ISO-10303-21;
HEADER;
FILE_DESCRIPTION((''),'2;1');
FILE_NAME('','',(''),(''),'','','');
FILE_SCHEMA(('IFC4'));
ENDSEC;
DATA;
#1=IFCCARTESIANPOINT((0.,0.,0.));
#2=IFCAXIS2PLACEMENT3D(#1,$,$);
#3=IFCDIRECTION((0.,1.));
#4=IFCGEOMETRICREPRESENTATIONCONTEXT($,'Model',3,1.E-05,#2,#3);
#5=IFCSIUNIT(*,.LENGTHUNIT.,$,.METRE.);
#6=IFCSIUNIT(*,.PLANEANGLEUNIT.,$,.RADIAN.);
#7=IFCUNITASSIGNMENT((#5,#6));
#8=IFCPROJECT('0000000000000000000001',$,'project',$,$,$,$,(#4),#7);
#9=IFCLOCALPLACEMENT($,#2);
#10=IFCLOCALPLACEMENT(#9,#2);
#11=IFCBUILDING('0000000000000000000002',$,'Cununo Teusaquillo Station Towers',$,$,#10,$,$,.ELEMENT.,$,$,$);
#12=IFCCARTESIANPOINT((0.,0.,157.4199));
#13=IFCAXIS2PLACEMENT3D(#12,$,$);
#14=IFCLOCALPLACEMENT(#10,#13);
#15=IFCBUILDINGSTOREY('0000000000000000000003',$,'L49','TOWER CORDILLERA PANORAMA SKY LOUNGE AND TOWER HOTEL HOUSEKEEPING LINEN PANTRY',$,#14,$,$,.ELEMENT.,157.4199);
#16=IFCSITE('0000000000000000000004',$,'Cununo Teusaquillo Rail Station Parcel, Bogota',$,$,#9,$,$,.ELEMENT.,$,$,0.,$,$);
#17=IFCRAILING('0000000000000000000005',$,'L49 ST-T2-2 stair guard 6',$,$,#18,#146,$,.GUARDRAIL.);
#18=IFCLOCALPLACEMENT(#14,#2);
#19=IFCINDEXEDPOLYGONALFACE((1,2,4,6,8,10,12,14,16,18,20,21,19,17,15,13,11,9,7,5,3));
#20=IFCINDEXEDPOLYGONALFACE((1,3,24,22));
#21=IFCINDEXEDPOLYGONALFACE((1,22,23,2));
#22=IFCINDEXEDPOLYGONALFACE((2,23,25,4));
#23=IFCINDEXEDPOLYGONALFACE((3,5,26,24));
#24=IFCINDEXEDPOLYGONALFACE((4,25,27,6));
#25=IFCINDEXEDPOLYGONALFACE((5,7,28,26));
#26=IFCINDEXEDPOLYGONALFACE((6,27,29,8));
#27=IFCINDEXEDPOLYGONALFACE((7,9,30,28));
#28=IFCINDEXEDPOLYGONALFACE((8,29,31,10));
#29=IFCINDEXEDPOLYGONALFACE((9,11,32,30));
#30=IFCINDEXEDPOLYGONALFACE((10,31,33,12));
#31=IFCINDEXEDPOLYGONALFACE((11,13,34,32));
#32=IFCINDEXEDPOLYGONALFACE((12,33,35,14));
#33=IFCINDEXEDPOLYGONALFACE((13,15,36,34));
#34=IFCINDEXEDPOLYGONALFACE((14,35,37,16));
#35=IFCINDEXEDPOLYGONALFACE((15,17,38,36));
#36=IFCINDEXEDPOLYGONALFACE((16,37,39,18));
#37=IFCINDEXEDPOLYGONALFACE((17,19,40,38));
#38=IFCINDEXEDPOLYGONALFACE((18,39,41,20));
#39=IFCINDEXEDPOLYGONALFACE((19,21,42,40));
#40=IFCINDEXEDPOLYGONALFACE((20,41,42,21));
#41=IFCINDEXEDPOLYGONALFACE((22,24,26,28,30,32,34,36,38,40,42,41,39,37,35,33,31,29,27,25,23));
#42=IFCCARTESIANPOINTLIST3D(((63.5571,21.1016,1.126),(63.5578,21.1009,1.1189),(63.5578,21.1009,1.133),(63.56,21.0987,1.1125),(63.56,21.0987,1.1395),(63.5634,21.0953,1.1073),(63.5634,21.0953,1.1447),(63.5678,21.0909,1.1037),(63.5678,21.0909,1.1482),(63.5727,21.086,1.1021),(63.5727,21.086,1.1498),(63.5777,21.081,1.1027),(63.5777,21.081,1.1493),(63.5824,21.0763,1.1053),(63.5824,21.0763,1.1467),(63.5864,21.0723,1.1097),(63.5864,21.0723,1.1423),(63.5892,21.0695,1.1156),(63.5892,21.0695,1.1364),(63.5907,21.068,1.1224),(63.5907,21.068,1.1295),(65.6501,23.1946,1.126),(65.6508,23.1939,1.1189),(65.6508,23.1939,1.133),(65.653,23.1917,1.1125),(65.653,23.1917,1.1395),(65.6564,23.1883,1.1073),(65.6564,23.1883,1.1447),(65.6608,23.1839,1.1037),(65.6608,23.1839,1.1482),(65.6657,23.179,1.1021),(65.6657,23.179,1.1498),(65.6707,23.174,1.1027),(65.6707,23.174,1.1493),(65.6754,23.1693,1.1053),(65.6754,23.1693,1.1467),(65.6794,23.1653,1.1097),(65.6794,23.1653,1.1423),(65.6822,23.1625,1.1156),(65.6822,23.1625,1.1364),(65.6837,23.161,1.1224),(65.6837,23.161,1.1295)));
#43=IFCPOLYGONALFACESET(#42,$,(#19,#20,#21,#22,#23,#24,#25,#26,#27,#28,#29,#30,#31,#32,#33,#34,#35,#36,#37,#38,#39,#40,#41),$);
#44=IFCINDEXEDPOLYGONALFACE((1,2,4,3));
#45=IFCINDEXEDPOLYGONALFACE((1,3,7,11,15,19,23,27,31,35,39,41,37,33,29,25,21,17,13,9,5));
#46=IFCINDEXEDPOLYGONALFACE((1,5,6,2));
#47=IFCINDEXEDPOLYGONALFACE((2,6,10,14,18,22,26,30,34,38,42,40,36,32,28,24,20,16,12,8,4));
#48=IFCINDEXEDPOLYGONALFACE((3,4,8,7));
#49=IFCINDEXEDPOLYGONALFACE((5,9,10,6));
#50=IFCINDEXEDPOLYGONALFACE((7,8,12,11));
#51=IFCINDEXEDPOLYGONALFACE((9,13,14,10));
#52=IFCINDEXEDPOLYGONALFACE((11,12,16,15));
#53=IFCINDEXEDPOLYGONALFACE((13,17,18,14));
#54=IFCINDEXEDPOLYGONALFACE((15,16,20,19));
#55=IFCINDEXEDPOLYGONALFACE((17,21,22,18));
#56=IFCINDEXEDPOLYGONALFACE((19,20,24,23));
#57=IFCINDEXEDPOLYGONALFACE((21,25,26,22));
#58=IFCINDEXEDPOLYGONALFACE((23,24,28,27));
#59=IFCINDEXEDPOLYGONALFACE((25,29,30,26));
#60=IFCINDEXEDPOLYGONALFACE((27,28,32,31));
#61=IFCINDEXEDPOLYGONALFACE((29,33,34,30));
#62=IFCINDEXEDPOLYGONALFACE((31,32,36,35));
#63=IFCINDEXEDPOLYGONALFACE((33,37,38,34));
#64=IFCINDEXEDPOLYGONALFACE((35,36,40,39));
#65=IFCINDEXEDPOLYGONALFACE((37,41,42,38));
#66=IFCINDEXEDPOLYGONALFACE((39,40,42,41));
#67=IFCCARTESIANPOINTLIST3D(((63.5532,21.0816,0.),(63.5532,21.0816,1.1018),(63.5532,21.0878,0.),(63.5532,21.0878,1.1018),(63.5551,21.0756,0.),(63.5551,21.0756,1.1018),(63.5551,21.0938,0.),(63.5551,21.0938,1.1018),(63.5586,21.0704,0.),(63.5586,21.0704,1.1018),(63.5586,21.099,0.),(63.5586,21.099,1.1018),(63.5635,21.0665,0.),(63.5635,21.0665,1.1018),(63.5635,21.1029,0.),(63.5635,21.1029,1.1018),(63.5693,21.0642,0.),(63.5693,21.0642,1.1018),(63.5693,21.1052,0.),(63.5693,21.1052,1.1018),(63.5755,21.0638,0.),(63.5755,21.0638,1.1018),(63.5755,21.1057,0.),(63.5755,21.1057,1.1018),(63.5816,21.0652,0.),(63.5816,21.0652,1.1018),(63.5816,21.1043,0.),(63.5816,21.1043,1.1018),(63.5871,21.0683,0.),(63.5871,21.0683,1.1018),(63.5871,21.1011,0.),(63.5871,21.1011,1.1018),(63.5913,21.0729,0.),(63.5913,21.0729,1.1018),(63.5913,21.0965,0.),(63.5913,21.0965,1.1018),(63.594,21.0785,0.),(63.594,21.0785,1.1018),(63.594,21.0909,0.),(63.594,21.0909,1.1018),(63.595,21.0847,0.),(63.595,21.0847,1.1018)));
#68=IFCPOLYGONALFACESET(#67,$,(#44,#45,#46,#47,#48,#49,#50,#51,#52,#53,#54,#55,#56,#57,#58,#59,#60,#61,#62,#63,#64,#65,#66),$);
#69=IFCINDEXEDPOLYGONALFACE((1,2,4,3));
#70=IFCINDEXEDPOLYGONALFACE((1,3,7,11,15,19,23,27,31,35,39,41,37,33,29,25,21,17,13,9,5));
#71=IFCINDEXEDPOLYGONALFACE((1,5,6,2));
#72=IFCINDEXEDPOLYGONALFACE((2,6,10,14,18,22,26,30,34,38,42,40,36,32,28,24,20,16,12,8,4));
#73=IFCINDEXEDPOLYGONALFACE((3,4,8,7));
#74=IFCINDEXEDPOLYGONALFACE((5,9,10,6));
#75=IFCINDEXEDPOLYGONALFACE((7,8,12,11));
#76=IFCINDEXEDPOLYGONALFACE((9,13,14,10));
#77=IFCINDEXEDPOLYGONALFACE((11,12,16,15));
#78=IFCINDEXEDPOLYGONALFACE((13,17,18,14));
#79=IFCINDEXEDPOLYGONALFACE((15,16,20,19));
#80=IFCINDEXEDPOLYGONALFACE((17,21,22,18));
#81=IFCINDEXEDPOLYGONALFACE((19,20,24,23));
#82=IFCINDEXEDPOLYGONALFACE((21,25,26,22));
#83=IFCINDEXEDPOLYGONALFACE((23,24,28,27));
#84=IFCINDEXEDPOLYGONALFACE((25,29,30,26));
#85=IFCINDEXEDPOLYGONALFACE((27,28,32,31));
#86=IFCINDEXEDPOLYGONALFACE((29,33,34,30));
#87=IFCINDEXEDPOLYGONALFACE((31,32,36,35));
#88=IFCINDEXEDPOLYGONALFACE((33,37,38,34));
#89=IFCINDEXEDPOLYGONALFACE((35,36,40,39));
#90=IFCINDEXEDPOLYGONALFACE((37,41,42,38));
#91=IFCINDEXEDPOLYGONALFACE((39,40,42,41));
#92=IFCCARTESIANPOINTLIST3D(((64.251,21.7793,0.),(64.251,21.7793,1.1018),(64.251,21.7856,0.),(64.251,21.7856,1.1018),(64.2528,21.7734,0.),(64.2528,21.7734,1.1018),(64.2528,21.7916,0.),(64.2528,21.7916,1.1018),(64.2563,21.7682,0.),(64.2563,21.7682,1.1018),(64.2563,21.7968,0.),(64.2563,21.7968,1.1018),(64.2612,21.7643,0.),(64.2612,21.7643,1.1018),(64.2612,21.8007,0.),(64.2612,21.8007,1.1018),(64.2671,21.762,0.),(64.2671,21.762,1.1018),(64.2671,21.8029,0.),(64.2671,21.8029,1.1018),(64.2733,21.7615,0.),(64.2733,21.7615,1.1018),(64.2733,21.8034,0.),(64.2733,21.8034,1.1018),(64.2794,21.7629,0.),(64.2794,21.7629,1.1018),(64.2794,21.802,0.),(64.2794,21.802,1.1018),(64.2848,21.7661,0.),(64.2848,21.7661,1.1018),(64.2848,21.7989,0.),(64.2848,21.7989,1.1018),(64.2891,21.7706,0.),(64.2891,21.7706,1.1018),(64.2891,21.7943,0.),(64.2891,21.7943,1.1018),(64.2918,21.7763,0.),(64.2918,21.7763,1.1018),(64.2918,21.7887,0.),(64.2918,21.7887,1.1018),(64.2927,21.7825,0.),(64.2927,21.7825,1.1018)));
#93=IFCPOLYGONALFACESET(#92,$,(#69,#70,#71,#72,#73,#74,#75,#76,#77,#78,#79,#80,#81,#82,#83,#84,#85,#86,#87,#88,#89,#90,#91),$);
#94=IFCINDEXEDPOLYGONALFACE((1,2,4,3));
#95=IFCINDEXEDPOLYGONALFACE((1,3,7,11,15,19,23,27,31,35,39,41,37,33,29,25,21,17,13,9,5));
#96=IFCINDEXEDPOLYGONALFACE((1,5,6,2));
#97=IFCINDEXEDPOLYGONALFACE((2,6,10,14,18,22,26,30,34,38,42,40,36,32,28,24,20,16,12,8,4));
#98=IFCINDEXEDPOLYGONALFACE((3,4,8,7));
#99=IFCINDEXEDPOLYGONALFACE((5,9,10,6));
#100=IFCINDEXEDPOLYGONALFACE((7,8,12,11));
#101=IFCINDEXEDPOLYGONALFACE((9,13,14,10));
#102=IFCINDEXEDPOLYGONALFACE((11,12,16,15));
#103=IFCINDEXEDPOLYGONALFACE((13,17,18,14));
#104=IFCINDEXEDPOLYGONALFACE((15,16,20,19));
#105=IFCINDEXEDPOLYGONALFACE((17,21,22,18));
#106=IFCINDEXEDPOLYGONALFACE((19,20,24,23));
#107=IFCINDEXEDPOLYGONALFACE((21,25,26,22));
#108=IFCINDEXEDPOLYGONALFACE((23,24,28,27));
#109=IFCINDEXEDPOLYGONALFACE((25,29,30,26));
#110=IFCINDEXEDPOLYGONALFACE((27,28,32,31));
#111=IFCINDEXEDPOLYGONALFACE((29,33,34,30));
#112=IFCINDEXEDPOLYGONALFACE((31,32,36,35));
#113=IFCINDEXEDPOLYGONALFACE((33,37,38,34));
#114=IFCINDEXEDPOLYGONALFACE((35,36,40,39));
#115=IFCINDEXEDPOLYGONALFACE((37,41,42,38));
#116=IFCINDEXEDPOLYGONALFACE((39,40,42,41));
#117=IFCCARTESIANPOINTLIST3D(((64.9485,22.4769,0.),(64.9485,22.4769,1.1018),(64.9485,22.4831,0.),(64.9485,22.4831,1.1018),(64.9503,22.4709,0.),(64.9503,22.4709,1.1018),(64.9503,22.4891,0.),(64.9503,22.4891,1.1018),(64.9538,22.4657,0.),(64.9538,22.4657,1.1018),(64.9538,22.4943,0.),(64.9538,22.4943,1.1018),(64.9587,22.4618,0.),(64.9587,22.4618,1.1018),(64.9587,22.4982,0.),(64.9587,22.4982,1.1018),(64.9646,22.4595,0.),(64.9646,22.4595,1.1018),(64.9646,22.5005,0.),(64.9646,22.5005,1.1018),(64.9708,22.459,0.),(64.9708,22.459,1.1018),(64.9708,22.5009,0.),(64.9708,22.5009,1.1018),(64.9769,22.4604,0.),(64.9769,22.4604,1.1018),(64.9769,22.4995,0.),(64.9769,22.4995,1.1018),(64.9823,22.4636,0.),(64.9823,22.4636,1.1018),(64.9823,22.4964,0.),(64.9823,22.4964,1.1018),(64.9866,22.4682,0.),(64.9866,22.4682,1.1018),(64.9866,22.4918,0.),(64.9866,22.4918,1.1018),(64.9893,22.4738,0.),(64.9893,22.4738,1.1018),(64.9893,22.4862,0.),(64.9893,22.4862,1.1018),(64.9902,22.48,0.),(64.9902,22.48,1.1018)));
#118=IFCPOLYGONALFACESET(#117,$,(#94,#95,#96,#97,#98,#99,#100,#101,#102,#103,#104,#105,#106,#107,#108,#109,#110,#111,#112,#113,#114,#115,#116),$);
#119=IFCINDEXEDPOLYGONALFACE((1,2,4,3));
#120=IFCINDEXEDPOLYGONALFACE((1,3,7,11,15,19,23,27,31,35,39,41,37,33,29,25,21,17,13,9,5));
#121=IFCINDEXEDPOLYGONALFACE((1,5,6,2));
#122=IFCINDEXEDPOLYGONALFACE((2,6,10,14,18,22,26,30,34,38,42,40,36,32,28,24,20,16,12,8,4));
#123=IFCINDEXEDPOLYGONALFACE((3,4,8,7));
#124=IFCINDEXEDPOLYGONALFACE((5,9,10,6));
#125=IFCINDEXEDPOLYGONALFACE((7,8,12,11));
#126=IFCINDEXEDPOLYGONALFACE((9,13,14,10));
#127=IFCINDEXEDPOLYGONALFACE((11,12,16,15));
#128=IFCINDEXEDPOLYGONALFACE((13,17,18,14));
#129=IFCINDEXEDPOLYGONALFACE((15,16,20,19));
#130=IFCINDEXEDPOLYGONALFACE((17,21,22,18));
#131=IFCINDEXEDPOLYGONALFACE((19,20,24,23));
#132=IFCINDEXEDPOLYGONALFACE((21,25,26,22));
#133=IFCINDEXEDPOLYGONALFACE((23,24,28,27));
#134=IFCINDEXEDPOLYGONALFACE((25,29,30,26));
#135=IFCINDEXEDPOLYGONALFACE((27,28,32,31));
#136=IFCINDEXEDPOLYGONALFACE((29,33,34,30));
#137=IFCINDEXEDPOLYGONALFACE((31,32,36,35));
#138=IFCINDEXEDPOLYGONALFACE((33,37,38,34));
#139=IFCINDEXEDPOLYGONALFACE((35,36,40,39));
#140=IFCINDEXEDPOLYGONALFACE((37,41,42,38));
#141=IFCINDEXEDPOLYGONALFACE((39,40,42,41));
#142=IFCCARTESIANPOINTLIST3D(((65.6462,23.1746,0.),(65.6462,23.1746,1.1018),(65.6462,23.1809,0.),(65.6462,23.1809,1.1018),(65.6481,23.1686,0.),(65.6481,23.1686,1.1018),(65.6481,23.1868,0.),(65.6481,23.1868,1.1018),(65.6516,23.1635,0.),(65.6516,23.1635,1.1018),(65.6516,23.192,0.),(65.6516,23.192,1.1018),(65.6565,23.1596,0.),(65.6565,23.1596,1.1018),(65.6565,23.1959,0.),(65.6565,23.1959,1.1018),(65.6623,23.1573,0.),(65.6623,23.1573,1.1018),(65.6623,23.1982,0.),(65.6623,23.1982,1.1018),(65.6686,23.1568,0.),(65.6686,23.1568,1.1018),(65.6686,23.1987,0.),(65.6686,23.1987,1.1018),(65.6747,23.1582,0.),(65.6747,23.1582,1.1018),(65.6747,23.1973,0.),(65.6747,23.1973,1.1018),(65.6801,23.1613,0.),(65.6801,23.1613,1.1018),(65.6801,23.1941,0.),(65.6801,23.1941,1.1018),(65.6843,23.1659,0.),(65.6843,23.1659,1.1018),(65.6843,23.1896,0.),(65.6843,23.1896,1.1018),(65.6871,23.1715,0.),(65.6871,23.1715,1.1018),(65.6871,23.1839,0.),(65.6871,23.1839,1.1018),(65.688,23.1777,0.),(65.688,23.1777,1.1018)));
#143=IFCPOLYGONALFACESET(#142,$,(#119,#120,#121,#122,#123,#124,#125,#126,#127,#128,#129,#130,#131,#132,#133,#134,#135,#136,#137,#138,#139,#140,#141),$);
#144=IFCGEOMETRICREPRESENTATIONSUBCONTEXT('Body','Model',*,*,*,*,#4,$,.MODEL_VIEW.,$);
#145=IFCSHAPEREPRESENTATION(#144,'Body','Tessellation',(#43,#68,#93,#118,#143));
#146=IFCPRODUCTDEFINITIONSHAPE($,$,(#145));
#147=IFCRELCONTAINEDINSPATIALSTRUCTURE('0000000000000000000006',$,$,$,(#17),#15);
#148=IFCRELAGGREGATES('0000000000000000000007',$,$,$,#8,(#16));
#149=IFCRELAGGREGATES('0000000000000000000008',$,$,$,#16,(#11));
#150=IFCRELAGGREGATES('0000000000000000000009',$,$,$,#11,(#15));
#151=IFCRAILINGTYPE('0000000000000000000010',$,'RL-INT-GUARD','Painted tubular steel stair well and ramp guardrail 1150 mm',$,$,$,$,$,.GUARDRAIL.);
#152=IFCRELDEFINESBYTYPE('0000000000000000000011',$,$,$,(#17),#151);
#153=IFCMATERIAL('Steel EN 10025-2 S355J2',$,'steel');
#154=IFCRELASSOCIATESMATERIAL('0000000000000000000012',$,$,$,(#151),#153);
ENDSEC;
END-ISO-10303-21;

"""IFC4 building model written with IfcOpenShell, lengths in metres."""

from ifc_helpers import new_model, si_unit, direction, frame, origin, origin_2d, place, context, subcontext, project, spatial, circle, extrude, material, type_object, element, save


model = new_model("IFC4")

# Units and contexts
model_context = context("Model", 3, precision=1e-05, world=origin(), true_north=direction((0.0, 1.0)))
body_context = subcontext(model_context, "Body", "Model", "MODEL_VIEW")
ifc_project = project(units=[si_unit("LENGTHUNIT", "METRE"), si_unit("PLANEANGLEUNIT", "RADIAN")], contexts=[model_context])

# Site, building, storey
site_placement = place(None, origin())
site = spatial("IfcSite", under=ifc_project, at=site_placement, Name="Cununo Teusaquillo Rail Station Parcel, Bogota", CompositionType="ELEMENT", RefElevation=0.0)
building_placement = place(site_placement, origin())
building = spatial("IfcBuilding", under=site, at=building_placement, Name="Cununo Teusaquillo Station Towers", CompositionType="ELEMENT")
storey_placement = place(building_placement, frame((0.0, 0.0, 157.4199)))
storey = spatial("IfcBuildingStorey", under=building, at=storey_placement, Name="L49", Description="TOWER CORDILLERA PANORAMA SKY LOUNGE AND TOWER HOTEL HOUSEKEEPING LINEN PANTRY", CompositionType="ELEMENT", Elevation=157.4199)

# Railing
ifc_material_1 = material(Name="Steel EN 10025-2 S355J2", Category="steel")
railing_type = type_object("IfcRailingType", Name="RL-INT-GUARD", Description="Painted tubular steel stair well and ramp guardrail 1150 mm", PredefinedType="GUARDRAIL", material=ifc_material_1)
railing_1_placement = place(storey_placement, frame((63.574, 21.0847, 0.0)))
element("IfcRailing", 1, at=railing_1_placement, inside=storey, type_object=railing_type, Name="L49 ST-T2-2 stair guard 6", PredefinedType="GUARDRAIL", context=body_context, shape_type="SweptSolid", body=[
    extrude(circle(Radius=0.0239, at=origin_2d()), frame((0.0, 0.0, 1.126), z_axis=(0.707107, 0.707107, 0.0), x_axis=(-0.707107, 0.707107, 0.0)), (0.0, 0.0, 1.0), 2.96),
    extrude(circle(Radius=0.021, at=origin_2d()), origin(), (0.0, 0.0, 1.0), 1.1018),
    extrude(circle(Radius=0.021, at=origin_2d()), frame((0.6978, 0.6978, 0.0)), (0.0, 0.0, 1.0), 1.1018),
    extrude(circle(Radius=0.021, at=origin_2d()), frame((1.3953, 1.3953, 0.0)), (0.0, 0.0, 1.0), 1.1018),
    extrude(circle(Radius=0.021, at=origin_2d()), frame((2.093, 2.093, 0.0)), (0.0, 0.0, 1.0), 1.1018),
])

save(model, "model.ifc")
